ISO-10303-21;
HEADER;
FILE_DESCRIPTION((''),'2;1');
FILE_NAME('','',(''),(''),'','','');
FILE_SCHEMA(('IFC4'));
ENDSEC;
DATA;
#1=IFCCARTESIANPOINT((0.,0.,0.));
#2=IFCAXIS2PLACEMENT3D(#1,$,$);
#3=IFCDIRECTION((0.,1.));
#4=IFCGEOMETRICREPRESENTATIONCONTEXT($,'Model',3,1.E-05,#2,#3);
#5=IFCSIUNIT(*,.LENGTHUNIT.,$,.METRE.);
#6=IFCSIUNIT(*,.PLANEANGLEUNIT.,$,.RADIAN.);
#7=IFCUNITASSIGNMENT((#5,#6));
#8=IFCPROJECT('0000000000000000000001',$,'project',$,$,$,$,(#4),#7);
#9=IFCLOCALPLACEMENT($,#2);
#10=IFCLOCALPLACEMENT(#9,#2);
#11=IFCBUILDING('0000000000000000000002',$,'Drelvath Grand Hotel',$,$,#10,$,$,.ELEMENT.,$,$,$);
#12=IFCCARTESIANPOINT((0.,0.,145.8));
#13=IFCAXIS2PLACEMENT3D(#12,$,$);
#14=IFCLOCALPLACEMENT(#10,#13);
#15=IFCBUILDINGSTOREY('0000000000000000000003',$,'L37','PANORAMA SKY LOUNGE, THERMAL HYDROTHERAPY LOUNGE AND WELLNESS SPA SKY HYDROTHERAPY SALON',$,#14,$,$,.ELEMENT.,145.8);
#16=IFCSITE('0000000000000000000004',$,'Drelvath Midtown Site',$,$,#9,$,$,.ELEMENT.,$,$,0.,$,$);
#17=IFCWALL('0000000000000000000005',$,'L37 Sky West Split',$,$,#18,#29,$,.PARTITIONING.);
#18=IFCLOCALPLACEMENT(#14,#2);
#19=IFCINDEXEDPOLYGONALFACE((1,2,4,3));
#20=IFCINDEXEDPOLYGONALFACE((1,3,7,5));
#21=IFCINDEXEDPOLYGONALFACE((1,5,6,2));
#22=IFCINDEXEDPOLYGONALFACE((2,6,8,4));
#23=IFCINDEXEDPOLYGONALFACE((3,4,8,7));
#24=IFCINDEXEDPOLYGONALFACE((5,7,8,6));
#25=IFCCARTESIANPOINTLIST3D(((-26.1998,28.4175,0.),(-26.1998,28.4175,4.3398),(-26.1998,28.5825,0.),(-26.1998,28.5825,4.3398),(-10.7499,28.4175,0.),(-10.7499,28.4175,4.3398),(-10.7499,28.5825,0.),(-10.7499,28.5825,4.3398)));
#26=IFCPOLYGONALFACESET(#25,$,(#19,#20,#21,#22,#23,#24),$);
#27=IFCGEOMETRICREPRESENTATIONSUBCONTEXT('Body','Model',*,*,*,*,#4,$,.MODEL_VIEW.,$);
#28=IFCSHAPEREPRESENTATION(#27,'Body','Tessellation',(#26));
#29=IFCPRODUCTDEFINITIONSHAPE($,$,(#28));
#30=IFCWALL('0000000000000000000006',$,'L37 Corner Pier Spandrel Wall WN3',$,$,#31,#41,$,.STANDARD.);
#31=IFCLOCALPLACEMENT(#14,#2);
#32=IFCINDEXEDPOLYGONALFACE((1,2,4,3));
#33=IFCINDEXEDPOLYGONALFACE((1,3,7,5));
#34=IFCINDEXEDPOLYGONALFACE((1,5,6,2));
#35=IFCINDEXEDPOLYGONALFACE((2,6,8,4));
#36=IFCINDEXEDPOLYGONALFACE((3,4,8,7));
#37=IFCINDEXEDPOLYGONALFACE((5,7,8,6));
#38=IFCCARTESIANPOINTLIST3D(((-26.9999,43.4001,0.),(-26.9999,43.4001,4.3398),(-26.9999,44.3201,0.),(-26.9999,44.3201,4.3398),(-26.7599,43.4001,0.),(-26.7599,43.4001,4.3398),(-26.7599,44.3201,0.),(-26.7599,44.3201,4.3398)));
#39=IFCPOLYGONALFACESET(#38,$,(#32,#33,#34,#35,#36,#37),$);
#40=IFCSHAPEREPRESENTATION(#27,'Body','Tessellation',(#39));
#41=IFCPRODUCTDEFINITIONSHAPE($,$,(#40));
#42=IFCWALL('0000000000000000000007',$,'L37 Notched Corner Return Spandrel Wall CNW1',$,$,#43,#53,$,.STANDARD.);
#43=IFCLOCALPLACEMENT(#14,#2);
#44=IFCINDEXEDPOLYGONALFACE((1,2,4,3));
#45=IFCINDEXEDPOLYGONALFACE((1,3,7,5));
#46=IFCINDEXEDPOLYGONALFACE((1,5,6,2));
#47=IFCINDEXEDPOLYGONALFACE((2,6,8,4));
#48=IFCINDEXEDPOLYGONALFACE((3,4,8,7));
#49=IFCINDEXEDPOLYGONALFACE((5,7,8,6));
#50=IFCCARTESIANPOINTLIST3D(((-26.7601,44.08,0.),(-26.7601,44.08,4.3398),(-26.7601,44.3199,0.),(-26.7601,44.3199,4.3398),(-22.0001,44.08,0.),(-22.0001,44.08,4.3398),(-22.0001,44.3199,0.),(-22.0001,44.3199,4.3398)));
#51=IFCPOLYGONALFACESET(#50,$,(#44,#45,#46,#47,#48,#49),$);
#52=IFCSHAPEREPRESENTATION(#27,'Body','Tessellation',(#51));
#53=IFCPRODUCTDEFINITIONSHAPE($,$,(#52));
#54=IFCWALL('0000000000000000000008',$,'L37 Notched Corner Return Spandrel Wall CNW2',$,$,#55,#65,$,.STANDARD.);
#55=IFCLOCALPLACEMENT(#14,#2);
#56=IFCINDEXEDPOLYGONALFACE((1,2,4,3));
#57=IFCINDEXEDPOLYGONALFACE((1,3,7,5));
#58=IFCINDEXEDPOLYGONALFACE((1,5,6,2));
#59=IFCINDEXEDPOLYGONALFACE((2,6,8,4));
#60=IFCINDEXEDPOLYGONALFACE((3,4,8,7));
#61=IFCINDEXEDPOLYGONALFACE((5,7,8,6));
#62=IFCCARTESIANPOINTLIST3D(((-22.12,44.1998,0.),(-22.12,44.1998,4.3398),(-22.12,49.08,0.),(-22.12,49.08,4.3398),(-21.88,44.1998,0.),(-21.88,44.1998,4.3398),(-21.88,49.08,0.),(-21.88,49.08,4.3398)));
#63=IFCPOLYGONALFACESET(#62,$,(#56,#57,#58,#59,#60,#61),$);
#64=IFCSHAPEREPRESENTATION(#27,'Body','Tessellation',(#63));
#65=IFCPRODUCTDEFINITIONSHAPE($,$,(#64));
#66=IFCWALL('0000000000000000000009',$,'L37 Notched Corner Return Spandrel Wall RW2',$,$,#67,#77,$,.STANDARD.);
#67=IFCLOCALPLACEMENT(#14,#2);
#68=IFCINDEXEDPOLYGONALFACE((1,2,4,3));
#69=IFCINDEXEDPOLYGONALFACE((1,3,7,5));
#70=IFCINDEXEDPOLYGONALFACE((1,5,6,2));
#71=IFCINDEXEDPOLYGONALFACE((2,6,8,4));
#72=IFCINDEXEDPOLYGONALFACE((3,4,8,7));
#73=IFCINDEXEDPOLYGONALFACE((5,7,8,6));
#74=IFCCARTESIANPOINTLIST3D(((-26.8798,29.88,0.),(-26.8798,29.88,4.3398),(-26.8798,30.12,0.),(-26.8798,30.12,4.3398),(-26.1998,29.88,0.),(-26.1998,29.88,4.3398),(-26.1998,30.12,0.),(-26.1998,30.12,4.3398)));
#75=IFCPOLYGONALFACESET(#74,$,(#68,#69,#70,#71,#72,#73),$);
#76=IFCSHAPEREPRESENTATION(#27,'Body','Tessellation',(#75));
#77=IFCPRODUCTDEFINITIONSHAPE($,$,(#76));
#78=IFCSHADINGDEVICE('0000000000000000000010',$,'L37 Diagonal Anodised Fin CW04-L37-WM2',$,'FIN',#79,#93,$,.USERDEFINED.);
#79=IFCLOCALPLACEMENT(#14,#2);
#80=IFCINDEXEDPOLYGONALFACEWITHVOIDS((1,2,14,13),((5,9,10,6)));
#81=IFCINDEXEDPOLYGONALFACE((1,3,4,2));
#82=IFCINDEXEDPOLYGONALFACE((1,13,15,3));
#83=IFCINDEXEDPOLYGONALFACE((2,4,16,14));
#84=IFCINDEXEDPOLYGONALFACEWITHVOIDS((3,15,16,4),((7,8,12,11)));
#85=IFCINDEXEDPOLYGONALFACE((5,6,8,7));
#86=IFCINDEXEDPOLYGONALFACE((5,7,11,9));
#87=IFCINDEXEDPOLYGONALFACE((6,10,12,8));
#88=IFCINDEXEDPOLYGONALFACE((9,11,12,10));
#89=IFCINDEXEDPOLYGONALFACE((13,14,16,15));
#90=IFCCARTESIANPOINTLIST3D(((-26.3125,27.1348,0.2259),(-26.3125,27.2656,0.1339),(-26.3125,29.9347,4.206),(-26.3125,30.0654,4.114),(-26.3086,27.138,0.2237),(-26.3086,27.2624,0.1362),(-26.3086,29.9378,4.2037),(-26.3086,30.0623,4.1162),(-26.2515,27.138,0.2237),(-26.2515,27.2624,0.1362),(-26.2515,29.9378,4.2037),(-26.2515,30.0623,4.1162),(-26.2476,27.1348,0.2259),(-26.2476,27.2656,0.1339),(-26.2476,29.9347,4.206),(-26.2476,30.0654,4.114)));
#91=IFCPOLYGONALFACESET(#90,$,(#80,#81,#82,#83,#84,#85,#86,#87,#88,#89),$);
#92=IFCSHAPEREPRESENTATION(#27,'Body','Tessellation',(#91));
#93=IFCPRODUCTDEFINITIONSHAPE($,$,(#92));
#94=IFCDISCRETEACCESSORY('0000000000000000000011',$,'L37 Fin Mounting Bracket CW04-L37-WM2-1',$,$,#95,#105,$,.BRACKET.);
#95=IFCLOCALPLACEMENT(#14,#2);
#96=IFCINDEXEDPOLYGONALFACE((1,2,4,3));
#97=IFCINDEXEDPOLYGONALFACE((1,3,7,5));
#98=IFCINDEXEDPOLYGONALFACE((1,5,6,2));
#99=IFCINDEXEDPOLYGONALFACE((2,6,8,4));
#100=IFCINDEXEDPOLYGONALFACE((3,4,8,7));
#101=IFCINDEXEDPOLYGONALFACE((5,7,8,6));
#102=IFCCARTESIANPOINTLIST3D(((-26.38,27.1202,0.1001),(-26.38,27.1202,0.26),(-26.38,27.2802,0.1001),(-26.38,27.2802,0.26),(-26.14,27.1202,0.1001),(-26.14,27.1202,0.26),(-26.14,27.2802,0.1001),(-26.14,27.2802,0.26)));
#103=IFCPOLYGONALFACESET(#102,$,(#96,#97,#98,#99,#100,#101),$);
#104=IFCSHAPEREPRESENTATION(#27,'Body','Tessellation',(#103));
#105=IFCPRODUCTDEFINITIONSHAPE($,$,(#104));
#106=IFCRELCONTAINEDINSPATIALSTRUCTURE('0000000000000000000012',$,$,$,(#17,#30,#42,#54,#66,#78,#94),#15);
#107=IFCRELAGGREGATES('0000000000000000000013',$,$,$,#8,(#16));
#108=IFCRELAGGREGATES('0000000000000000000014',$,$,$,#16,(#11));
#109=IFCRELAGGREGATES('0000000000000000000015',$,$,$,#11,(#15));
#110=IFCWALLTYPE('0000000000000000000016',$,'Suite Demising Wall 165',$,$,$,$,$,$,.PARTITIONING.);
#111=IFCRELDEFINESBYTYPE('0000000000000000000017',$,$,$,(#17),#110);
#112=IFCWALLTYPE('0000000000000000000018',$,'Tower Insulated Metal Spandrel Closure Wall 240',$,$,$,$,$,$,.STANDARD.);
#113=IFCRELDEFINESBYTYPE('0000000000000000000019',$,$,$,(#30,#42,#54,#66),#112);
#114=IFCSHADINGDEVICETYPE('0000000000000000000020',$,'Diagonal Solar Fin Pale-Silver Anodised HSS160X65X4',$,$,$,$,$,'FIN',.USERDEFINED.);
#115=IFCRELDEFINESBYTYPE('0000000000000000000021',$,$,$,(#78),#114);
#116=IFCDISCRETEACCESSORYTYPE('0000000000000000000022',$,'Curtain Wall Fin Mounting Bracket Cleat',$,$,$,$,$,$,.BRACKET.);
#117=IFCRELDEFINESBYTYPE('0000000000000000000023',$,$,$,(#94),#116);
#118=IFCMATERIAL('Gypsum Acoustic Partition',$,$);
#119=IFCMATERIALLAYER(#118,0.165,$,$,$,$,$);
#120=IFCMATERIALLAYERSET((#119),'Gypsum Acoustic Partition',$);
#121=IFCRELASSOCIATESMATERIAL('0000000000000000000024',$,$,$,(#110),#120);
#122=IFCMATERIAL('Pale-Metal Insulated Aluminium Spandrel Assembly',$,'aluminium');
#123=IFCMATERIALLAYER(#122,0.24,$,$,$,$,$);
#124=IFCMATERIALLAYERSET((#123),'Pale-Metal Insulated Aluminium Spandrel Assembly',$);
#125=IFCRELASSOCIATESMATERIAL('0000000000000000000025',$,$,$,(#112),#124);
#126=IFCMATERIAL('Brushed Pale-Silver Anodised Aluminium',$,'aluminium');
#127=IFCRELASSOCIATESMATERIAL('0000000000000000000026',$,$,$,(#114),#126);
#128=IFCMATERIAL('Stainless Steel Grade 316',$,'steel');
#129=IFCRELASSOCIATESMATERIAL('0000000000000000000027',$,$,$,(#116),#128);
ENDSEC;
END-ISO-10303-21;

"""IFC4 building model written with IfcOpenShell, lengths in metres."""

from ifc_helpers import new_model, si_unit, direction, frame, frame_2d, origin, origin_2d, place, context, subcontext, project, spatial, rectangle, hollow_rectangle, extrude, material, layer, layer_set, material_profile, profile_set, type_object, element, save


model = new_model("IFC4")

# Units and contexts
model_context = context("Model", 3, precision=1e-05, world=origin(), true_north=direction((0.0, 1.0)))
body_context = subcontext(model_context, "Body", "Model", "MODEL_VIEW")
ifc_project = project(units=[si_unit("LENGTHUNIT", "METRE"), si_unit("PLANEANGLEUNIT", "RADIAN")], contexts=[model_context])

# Site, building, storey
site_placement = place(None, origin())
site = spatial("IfcSite", under=ifc_project, at=site_placement, Name="Drelvath Midtown Site", CompositionType="ELEMENT", RefElevation=0.0)
building_placement = place(site_placement, origin())
building = spatial("IfcBuilding", under=site, at=building_placement, Name="Drelvath Grand Hotel", CompositionType="ELEMENT")
storey_placement = place(building_placement, frame((0.0, 0.0, 145.8)))
storey = spatial("IfcBuildingStorey", under=building, at=storey_placement, Name="L37", Description="PANORAMA SKY LOUNGE, THERMAL HYDROTHERAPY LOUNGE AND WELLNESS SPA SKY HYDROTHERAPY SALON", CompositionType="ELEMENT", Elevation=145.8)

# Walls
ifc_material_1 = material(Name="Gypsum Acoustic Partition")
ifc_layer_1 = layer(ifc_material_1, 0.165)
ifc_layer_set_1 = layer_set([ifc_layer_1], Name="Gypsum Acoustic Partition")
wall_type_1 = type_object("IfcWallType", Name="Suite Demising Wall 165", PredefinedType="PARTITIONING", material=ifc_layer_set_1)
wall_1_placement = place(storey_placement, frame((-26.2, 28.5, 0.0), z_axis=(0.0, 0.0, 1.0), x_axis=(1.0, 0.0, 0.0)))
element("IfcWall", 1, at=wall_1_placement, inside=storey, type_object=wall_type_1, Name="L37 Sky West Split", PredefinedType="PARTITIONING", context=body_context, shape_type="SweptSolid", body=[
    extrude(rectangle(XDim=15.45, YDim=0.165, at=frame_2d((7.7251, 0.0))), origin(), (0.0, 0.0, 1.0), 4.3398),
])
ifc_material_2 = material(Name="Pale-Metal Insulated Aluminium Spandrel Assembly", Category="aluminium")
ifc_layer_2 = layer(ifc_material_2, 0.24)
ifc_layer_set_2 = layer_set([ifc_layer_2], Name="Pale-Metal Insulated Aluminium Spandrel Assembly")
wall_type_2 = type_object("IfcWallType", Name="Tower Insulated Metal Spandrel Closure Wall 240", PredefinedType="STANDARD", material=ifc_layer_set_2)
wall_2_placement = place(storey_placement, frame((-26.8799, 43.4001, 0.0), z_axis=(0.0, 0.0, 1.0), x_axis=(0.0, 1.0, 0.0)))
element("IfcWall", 2, at=wall_2_placement, inside=storey, type_object=wall_type_2, Name="L37 Corner Pier Spandrel Wall WN3", PredefinedType="STANDARD", context=body_context, shape_type="SweptSolid", body=[
    extrude(rectangle(XDim=0.9199, YDim=0.24, at=frame_2d((0.46, 0.0))), origin(), (0.0, 0.0, 1.0), 4.3398),
])
wall_3_placement = place(storey_placement, frame((-26.76, 44.2, 0.0), z_axis=(0.0, 0.0, 1.0), x_axis=(1.0, 0.0, 0.0)))
element("IfcWall", 3, at=wall_3_placement, inside=storey, type_object=wall_type_2, Name="L37 Notched Corner Return Spandrel Wall CNW1", PredefinedType="STANDARD", context=body_context, shape_type="SweptSolid", body=[
    extrude(rectangle(XDim=4.76, YDim=0.24, at=frame_2d((2.3799, 0.0))), origin(), (0.0, 0.0, 1.0), 4.3398),
])
wall_4_placement = place(storey_placement, frame((-22.0, 44.2, 0.0), z_axis=(0.0, 0.0, 1.0), x_axis=(0.0, 1.0, 0.0)))
element("IfcWall", 4, at=wall_4_placement, inside=storey, type_object=wall_type_2, Name="L37 Notched Corner Return Spandrel Wall CNW2", PredefinedType="STANDARD", context=body_context, shape_type="SweptSolid", body=[
    extrude(rectangle(XDim=4.8801, YDim=0.24, at=frame_2d((2.4399, 0.0))), origin(), (0.0, 0.0, 1.0), 4.3398),
])
wall_5_placement = place(storey_placement, frame((-26.2, 30.0, 0.0), z_axis=(0.0, 0.0, 1.0), x_axis=(-1.0, 0.0, 0.0)))
element("IfcWall", 5, at=wall_5_placement, inside=storey, type_object=wall_type_2, Name="L37 Notched Corner Return Spandrel Wall RW2", PredefinedType="STANDARD", context=body_context, shape_type="SweptSolid", body=[
    extrude(rectangle(XDim=0.6799, YDim=0.24, at=frame_2d((0.3398, 0.0))), origin(), (0.0, 0.0, 1.0), 4.3398),
])

# Shading device
ifc_material_3 = material(Name="Brushed Pale-Silver Anodised Aluminium", Category="aluminium")
ifc_material_profile_1 = material_profile(ifc_material_3, hollow_rectangle(XDim=0.0649, YDim=0.1599, WallThickness=0.0039, at=origin_2d()), Name="HSS160X65X4")
ifc_profile_set_1 = profile_set([ifc_material_profile_1], Name="Brushed Pale-Silver Anodised Aluminium")
shading_device_type = type_object("IfcShadingDeviceType", Name="Diagonal Solar Fin Pale-Silver Anodised HSS160X65X4", ElementType="FIN", PredefinedType="USERDEFINED", material=ifc_profile_set_1)
shading_device_placement = place(storey_placement, frame((-26.28, 27.2002, 0.1799), z_axis=(0.0, 0.575367, 0.817896), x_axis=(-1.0, 0.0, 0.0)))
element("IfcShadingDevice", 6, at=shading_device_placement, inside=storey, type_object=shading_device_type, Name="L37 Diagonal Anodised Fin CW04-L37-WM2", ObjectType="FIN", PredefinedType="USERDEFINED", context=body_context, shape_type="SweptSolid", body=[
    extrude(hollow_rectangle(XDim=0.0649, YDim=0.1599, WallThickness=0.0039, at=origin_2d()), origin(), (0.0, 0.0, 1.0), 4.8662),
])

# Discrete accessory
ifc_material_4 = material(Name="Stainless Steel Grade 316", Category="steel")
discrete_accessory_type = type_object("IfcDiscreteAccessoryType", Name="Curtain Wall Fin Mounting Bracket Cleat", PredefinedType="BRACKET", material=ifc_material_4)
discrete_accessory_placement = place(storey_placement, frame((-26.26, 27.2002, 0.1001), z_axis=(0.0, 0.0, 1.0), x_axis=(0.0, 1.0, 0.0)))
element("IfcDiscreteAccessory", 7, at=discrete_accessory_placement, inside=storey, type_object=discrete_accessory_type, Name="L37 Fin Mounting Bracket CW04-L37-WM2-1", PredefinedType="BRACKET", context=body_context, shape_type="SweptSolid", body=[
    extrude(rectangle(XDim=0.1599, YDim=0.24, at=origin_2d()), origin(), (0.0, 0.0, 1.0), 0.1599),
])

save(model, "model.ifc")
